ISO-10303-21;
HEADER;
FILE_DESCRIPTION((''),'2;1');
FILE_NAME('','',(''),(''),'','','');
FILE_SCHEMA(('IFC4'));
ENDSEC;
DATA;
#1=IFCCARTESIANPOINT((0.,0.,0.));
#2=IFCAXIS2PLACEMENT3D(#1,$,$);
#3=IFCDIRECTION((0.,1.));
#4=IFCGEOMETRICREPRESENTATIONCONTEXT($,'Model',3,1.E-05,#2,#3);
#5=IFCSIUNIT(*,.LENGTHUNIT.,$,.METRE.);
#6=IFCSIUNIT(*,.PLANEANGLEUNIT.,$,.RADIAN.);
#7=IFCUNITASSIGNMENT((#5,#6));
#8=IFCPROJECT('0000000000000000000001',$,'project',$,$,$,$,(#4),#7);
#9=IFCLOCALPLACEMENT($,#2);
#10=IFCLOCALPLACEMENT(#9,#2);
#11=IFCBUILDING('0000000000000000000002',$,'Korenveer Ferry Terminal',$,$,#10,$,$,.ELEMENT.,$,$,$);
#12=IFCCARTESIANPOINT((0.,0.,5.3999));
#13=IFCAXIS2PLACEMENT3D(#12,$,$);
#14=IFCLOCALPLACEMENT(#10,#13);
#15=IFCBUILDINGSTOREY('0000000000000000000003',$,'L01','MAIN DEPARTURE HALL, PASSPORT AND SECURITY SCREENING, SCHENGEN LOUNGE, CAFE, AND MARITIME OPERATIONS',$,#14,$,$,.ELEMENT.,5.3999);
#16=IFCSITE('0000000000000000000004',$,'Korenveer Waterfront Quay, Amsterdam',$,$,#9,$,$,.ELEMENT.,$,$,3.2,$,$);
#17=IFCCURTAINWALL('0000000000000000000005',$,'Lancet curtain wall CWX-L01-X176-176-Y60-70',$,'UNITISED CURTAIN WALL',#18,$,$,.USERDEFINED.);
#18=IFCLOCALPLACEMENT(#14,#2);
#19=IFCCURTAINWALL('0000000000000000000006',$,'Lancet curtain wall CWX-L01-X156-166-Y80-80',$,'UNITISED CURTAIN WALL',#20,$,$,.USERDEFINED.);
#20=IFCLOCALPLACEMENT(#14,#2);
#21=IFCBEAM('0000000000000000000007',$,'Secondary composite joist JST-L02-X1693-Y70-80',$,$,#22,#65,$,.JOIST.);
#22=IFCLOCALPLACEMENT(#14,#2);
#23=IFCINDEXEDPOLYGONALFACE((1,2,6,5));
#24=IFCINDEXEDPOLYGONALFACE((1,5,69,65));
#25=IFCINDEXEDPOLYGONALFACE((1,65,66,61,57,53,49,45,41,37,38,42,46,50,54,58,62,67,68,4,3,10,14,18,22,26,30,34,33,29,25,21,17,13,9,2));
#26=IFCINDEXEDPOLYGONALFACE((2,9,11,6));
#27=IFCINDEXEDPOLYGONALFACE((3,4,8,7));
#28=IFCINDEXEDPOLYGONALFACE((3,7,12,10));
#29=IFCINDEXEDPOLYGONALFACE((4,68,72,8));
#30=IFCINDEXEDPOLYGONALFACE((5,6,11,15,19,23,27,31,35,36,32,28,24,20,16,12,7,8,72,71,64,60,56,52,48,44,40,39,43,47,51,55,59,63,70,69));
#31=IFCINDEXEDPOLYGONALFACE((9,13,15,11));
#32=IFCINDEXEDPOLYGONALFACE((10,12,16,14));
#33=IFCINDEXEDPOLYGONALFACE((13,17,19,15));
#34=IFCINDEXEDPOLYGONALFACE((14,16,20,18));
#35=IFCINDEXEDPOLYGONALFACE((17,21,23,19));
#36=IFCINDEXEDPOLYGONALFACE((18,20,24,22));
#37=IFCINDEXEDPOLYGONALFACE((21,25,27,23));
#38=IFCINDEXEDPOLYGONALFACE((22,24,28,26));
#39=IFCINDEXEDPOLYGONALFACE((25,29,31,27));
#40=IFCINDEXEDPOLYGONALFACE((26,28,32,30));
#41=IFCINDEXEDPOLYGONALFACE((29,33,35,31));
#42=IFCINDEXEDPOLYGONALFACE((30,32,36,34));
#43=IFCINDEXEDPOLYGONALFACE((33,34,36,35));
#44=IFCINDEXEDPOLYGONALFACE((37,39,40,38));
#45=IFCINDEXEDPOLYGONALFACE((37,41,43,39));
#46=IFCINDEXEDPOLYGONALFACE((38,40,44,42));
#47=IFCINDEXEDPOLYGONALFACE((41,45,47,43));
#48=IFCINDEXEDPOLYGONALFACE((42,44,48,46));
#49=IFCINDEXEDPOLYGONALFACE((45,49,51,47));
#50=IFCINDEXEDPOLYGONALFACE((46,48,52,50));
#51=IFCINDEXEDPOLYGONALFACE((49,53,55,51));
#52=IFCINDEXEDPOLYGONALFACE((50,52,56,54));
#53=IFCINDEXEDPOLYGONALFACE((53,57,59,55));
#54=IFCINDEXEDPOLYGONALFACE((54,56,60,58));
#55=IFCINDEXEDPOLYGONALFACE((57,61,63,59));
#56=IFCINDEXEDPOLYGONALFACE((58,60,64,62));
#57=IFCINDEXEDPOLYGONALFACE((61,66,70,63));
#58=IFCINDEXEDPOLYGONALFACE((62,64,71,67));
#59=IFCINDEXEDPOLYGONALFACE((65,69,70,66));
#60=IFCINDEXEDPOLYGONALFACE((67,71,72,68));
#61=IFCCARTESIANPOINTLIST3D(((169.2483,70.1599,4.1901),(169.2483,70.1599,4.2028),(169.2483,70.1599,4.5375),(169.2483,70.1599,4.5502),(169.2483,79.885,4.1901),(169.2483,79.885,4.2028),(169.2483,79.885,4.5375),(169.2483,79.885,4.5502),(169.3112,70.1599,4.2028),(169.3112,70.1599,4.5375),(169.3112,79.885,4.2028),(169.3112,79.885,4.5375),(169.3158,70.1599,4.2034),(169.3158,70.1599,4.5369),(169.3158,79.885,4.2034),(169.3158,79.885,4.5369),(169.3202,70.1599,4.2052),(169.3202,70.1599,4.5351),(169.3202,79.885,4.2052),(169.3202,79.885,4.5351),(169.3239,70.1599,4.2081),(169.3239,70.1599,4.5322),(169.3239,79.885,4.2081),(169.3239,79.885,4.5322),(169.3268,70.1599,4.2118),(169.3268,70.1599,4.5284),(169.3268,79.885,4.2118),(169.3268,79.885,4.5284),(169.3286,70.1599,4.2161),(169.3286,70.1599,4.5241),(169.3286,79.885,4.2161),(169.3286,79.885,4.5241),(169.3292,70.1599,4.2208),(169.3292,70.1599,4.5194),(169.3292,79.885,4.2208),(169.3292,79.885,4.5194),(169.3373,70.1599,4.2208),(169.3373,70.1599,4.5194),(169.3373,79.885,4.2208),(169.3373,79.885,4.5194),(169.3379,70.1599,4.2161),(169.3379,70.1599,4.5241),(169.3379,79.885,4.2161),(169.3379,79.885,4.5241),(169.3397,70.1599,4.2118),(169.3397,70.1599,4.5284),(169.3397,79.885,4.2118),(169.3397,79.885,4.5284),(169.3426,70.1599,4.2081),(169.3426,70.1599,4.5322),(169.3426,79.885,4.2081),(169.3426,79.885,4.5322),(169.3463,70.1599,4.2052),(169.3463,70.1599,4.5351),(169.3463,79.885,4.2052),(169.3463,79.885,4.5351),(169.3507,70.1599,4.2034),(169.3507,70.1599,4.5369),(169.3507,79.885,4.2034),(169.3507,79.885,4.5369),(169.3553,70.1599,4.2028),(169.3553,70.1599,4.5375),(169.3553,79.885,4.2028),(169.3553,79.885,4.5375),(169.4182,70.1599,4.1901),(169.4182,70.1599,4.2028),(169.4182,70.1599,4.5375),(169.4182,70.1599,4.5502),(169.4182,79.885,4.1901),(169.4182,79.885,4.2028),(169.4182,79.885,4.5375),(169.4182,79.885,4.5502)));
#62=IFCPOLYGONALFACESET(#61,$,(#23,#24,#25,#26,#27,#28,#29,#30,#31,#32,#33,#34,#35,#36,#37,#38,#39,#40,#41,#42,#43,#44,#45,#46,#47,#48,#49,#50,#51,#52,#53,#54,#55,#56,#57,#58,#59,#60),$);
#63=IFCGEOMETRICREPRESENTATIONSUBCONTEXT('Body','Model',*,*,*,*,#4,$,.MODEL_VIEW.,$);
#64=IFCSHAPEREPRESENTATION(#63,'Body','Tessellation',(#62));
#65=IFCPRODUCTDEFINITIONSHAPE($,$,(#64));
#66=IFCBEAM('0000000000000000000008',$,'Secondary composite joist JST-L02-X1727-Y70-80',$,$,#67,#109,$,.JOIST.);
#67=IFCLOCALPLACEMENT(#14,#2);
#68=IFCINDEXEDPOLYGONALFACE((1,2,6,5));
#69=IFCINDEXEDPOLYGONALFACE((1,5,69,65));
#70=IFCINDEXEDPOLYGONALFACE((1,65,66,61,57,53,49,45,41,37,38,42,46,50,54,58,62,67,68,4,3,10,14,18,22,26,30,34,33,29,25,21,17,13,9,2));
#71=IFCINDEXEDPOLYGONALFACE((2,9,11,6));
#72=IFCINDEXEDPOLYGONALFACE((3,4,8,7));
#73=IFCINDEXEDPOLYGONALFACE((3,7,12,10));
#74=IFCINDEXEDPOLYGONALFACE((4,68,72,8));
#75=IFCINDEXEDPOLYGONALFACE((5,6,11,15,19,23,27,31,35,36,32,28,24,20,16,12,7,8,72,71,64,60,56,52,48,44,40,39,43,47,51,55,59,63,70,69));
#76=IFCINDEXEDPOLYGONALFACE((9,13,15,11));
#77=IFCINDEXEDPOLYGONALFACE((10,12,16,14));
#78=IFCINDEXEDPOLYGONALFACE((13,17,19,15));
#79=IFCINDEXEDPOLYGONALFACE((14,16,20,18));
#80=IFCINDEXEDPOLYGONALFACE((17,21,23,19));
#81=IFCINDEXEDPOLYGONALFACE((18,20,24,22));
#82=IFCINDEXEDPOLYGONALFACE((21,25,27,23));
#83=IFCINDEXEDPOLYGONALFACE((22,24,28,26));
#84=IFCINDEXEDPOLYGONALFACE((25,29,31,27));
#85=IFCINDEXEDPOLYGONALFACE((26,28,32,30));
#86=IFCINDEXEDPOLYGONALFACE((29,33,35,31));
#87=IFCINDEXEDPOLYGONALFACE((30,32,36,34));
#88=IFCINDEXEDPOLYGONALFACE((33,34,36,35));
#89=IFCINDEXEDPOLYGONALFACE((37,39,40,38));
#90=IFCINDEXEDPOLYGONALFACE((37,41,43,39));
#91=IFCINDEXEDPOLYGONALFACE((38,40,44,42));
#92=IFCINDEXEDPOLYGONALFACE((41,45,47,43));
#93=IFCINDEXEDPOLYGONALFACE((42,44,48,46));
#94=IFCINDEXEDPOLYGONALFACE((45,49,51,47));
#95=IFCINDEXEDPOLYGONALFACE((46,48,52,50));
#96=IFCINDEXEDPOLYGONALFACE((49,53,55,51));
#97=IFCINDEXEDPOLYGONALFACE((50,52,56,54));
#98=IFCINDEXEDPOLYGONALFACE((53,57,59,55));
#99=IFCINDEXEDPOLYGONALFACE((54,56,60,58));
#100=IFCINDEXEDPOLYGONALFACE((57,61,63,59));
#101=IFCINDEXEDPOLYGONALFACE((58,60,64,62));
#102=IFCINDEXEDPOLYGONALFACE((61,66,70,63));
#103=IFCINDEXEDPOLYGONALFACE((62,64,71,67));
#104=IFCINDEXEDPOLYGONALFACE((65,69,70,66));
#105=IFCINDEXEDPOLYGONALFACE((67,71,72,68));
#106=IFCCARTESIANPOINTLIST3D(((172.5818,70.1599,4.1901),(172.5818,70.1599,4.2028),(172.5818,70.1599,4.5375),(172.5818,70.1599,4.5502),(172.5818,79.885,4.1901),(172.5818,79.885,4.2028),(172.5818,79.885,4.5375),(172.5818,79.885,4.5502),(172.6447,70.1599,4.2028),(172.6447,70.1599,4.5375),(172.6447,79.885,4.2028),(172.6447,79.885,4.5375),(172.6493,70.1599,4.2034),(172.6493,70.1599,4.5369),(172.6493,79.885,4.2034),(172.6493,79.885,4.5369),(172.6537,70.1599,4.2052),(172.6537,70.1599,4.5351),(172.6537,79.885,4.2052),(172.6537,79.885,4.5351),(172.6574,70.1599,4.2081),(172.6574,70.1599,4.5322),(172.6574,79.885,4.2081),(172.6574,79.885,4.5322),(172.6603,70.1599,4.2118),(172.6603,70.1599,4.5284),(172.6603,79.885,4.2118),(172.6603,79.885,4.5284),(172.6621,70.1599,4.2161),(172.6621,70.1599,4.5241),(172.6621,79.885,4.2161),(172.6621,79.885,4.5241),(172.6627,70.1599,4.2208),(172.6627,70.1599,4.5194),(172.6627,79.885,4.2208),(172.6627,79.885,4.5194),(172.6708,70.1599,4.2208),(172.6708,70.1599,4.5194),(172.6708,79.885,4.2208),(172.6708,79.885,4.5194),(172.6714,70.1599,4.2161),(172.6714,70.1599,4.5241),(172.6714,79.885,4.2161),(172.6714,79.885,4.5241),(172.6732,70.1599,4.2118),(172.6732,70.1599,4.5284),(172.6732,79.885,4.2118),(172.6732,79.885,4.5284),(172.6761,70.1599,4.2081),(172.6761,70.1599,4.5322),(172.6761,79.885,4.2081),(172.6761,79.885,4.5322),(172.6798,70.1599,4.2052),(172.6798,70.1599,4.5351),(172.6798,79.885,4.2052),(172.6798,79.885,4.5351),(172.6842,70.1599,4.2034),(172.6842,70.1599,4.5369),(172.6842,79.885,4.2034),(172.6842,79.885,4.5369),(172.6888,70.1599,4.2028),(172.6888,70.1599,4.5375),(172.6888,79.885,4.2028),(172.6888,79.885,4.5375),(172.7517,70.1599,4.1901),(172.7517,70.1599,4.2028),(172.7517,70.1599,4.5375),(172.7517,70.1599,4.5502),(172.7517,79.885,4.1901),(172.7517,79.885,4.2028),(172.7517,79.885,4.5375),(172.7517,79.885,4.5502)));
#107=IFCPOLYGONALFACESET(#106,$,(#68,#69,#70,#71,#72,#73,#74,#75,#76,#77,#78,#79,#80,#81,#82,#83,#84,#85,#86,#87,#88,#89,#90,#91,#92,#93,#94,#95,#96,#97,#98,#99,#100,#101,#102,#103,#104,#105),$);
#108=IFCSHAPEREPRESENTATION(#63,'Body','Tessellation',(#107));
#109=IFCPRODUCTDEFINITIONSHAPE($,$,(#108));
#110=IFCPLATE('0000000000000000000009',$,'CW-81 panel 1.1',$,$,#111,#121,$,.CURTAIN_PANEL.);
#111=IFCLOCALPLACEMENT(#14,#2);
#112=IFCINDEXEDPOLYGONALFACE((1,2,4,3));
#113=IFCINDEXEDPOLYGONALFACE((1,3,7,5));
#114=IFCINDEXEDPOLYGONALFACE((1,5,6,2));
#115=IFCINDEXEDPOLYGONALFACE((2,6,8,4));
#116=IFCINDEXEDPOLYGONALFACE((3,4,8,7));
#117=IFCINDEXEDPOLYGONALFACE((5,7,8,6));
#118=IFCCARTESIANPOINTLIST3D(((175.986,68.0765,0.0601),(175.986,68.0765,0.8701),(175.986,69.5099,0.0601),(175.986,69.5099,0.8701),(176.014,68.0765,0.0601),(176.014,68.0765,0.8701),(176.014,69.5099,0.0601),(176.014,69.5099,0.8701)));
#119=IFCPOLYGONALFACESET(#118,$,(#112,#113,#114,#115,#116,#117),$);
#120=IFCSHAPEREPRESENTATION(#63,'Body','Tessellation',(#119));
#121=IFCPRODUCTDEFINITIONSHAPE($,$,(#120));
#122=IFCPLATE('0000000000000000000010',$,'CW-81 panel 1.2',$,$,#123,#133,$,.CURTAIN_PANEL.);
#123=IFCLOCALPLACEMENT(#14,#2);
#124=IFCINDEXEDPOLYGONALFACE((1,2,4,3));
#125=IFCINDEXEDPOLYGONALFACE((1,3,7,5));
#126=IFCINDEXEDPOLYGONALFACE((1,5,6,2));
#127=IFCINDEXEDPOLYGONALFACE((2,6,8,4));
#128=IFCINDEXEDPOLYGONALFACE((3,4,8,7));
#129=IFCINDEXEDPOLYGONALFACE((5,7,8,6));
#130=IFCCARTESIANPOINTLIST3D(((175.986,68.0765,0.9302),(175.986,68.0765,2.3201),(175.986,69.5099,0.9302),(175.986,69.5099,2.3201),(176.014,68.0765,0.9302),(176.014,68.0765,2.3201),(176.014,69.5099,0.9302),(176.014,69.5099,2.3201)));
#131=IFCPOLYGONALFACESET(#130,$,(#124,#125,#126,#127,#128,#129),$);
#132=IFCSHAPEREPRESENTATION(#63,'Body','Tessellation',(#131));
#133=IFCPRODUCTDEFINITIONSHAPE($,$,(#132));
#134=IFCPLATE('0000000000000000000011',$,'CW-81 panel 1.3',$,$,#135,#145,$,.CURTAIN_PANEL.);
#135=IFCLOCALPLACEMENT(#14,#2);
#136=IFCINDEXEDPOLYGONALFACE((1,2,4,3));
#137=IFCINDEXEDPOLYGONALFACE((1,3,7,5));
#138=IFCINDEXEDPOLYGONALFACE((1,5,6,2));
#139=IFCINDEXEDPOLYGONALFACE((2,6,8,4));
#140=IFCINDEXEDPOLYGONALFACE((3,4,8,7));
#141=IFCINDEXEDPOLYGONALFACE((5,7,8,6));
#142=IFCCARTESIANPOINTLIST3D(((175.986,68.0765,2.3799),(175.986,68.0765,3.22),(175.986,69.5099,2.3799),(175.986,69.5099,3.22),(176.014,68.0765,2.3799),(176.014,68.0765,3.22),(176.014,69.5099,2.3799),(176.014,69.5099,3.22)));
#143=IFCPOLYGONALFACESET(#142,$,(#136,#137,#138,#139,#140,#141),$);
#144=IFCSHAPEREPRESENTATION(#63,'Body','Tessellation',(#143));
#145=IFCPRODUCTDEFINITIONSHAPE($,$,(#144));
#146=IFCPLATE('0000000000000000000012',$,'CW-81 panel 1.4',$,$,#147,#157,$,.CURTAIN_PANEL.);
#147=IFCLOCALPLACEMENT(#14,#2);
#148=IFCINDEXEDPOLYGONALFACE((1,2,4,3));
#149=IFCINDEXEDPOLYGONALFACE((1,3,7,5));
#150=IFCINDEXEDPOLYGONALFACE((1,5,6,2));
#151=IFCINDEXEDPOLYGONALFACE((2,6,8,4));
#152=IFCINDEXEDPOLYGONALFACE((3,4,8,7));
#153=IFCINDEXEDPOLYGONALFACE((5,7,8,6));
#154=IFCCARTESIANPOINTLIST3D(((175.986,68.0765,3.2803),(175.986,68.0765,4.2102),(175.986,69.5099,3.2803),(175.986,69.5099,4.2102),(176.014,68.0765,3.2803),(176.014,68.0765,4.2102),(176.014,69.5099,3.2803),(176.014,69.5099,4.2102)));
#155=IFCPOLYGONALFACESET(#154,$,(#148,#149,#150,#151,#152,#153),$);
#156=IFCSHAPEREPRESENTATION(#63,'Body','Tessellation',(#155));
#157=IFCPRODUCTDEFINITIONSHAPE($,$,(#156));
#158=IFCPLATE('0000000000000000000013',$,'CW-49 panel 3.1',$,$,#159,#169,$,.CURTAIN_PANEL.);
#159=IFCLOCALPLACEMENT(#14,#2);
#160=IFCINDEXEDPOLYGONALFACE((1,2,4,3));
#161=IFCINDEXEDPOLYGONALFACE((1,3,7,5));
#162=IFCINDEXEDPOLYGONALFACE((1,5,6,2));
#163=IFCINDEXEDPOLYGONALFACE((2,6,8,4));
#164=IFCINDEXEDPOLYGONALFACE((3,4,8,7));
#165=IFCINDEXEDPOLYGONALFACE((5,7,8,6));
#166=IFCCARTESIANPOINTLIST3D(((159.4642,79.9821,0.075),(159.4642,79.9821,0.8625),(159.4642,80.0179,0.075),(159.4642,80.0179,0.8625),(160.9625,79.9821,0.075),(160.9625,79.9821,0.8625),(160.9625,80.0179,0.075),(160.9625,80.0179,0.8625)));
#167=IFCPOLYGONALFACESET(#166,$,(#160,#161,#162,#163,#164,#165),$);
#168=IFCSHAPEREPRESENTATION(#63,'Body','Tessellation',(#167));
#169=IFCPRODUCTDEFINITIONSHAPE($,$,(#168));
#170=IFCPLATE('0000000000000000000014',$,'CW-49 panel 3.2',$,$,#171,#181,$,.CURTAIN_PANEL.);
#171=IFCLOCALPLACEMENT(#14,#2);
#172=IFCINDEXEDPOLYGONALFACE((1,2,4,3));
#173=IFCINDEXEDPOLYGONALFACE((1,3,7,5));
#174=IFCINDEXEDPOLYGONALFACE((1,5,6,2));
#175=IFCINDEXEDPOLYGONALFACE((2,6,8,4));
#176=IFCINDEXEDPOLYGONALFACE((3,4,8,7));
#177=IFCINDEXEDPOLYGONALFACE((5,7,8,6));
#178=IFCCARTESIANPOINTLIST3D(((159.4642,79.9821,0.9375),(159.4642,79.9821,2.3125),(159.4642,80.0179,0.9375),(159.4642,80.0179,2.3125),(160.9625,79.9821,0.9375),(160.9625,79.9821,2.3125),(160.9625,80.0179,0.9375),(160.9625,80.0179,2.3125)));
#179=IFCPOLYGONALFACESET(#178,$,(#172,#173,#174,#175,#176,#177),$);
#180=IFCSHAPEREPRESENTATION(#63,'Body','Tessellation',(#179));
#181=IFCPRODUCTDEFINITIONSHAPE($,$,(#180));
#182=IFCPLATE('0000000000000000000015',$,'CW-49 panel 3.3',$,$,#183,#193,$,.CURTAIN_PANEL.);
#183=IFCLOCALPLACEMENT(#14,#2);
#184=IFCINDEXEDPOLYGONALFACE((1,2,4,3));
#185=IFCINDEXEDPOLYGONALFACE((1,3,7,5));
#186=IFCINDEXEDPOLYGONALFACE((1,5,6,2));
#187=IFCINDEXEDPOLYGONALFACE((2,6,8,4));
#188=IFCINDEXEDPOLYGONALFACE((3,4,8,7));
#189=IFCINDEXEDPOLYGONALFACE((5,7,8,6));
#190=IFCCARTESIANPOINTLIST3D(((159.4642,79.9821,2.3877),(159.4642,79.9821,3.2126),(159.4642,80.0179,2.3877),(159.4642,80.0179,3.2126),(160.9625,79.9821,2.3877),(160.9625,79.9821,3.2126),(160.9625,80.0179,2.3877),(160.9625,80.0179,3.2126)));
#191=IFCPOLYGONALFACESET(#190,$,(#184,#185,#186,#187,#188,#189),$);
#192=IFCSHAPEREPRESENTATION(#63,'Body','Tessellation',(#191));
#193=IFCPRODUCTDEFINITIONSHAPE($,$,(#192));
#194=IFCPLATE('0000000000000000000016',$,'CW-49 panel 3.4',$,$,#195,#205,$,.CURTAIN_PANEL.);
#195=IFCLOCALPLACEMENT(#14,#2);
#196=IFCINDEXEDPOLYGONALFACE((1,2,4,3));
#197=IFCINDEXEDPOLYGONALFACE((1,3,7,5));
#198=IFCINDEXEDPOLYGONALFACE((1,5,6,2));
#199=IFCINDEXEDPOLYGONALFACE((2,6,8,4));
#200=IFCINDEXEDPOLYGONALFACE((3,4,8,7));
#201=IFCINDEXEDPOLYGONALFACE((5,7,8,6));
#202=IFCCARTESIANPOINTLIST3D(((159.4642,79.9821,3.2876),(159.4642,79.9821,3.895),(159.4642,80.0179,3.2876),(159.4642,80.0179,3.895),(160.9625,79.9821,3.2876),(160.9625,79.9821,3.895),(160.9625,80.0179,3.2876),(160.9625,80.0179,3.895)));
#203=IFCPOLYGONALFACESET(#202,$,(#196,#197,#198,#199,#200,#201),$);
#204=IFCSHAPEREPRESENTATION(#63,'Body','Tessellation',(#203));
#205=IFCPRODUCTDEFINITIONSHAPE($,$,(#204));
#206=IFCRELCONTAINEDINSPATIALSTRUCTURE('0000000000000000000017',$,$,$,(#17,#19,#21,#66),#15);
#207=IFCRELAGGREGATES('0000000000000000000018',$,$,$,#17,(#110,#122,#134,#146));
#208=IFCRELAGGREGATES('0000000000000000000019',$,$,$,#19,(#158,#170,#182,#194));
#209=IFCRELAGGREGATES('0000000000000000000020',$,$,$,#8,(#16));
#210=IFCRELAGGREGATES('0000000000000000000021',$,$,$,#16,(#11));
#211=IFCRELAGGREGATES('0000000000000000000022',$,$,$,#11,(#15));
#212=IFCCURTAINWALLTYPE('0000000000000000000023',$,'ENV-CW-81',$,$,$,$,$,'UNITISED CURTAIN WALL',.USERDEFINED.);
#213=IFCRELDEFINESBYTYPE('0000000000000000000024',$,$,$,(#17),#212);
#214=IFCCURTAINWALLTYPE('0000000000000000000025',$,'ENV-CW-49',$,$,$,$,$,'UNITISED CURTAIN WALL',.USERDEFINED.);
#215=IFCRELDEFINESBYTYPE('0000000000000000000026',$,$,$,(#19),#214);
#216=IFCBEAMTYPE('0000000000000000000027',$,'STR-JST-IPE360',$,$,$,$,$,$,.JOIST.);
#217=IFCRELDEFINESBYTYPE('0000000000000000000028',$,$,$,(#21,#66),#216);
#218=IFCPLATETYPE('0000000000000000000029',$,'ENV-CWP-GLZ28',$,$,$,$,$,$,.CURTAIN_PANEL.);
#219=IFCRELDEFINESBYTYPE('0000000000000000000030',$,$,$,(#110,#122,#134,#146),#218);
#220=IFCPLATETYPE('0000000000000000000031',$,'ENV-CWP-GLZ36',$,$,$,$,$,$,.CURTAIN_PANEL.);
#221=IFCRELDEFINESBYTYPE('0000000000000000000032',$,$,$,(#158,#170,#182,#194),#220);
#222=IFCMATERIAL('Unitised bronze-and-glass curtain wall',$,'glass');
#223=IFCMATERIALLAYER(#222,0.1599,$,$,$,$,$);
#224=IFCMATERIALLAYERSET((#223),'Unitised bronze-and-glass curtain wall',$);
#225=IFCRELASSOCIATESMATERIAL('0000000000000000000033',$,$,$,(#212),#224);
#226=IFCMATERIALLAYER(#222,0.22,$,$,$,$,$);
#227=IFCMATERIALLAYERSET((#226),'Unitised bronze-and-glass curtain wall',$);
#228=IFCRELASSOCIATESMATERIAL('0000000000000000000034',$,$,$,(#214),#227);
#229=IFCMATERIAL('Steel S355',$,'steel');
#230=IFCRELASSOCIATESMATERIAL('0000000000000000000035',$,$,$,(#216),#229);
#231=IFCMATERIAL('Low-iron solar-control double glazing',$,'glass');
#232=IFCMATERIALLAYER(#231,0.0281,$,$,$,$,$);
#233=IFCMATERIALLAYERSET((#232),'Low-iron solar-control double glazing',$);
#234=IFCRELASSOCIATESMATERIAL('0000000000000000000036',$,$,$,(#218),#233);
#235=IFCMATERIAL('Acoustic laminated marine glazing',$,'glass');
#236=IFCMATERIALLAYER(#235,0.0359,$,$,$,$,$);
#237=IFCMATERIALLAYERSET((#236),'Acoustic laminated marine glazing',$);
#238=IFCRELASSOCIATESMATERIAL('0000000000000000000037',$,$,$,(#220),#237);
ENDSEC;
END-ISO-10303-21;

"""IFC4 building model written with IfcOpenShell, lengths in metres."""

from ifc_helpers import new_model, si_unit, direction, frame, origin, origin_2d, place, context, subcontext, project, spatial, rectangle, i_section, extrude, material, layer, layer_set, material_profile, profile_set, type_object, element, aggregate, save


model = new_model("IFC4")

# Units and contexts
model_context = context("Model", 3, precision=1e-05, world=origin(), true_north=direction((0.0, 1.0)))
body_context = subcontext(model_context, "Body", "Model", "MODEL_VIEW")
ifc_project = project(units=[si_unit("LENGTHUNIT", "METRE"), si_unit("PLANEANGLEUNIT", "RADIAN")], contexts=[model_context])

# Site, building, storey
site_placement = place(None, origin())
site = spatial("IfcSite", under=ifc_project, at=site_placement, Name="Korenveer Waterfront Quay, Amsterdam", CompositionType="ELEMENT", RefElevation=3.2)
building_placement = place(site_placement, origin())
building = spatial("IfcBuilding", under=site, at=building_placement, Name="Korenveer Ferry Terminal", CompositionType="ELEMENT")
storey_placement = place(building_placement, frame((0.0, 0.0, 5.3999)))
storey = spatial("IfcBuildingStorey", under=building, at=storey_placement, Name="L01", Description="MAIN DEPARTURE HALL, PASSPORT AND SECURITY SCREENING, SCHENGEN LOUNGE, CAFE, AND MARITIME OPERATIONS", CompositionType="ELEMENT", Elevation=5.3999)

# Curtain wall
ifc_material_1 = material(Name="Unitised bronze-and-glass curtain wall", Category="glass")
ifc_layer_1 = layer(ifc_material_1, 0.1599)
ifc_layer_set_1 = layer_set([ifc_layer_1], Name="Unitised bronze-and-glass curtain wall")
curtain_wall_type_1 = type_object("IfcCurtainWallType", Name="ENV-CW-81", ElementType="UNITISED CURTAIN WALL", PredefinedType="USERDEFINED", material=ifc_layer_set_1)
curtain_wall_1_placement = place(storey_placement, frame((176.0, 69.5701, 0.0)))
curtain_wall_1 = element("IfcCurtainWall", 1, at=curtain_wall_1_placement, inside=storey, type_object=curtain_wall_type_1, Name="Lancet curtain wall CWX-L01-X176-176-Y60-70", ObjectType="UNITISED CURTAIN WALL", PredefinedType="USERDEFINED")

# Curtain wall
ifc_layer_2 = layer(ifc_material_1, 0.22)
ifc_layer_set_2 = layer_set([ifc_layer_2], Name="Unitised bronze-and-glass curtain wall")
curtain_wall_type_2 = type_object("IfcCurtainWallType", Name="ENV-CW-49", ElementType="UNITISED CURTAIN WALL", PredefinedType="USERDEFINED", material=ifc_layer_set_2)
curtain_wall_2_placement = place(storey_placement, frame((156.28, 80.0, 0.0)))
curtain_wall_2 = element("IfcCurtainWall", 2, at=curtain_wall_2_placement, inside=storey, type_object=curtain_wall_type_2, Name="Lancet curtain wall CWX-L01-X156-166-Y80-80", ObjectType="UNITISED CURTAIN WALL", PredefinedType="USERDEFINED")

# Beams
ifc_material_2 = material(Name="Steel S355", Category="steel")
ifc_material_profile_1 = material_profile(ifc_material_2, i_section(OverallWidth=0.1699, OverallDepth=0.3601, WebThickness=0.0081, FlangeThickness=0.0127, FilletRadius=0.0181, at=origin_2d()), Name="IPE 360")
ifc_profile_set_1 = profile_set([ifc_material_profile_1], Name="Steel S355")
beam_type_1 = type_object("IfcBeamType", Name="STR-JST-IPE360", PredefinedType="JOIST", material=ifc_profile_set_1)
for number, where, z_axis, x_axis, name in (
    (3, (169.3333, 70.1599, 4.3701), (0.0, 1.0, 0.0), (-1.0, 0.0, 0.0), "Secondary composite joist JST-L02-X1693-Y70-80"),
    (4, (172.6667, 70.1599, 4.3701), (0.0, 1.0, 0.0), (-1.0, 0.0, 0.0), "Secondary composite joist JST-L02-X1727-Y70-80"),
):
    element("IfcBeam", number, at=place(storey_placement, frame(where, z_axis=z_axis, x_axis=x_axis)), inside=storey, type_object=beam_type_1, Name=name, PredefinedType="JOIST", context=body_context, shape_type="SweptSolid", body=[
        extrude(i_section(OverallWidth=0.1699, OverallDepth=0.3601, WebThickness=0.0081, FlangeThickness=0.0127, FilletRadius=0.0181, at=origin_2d()), origin(), (0.0, 0.0, 1.0), 9.7251),
    ])

# Plates
ifc_material_3 = material(Name="Low-iron solar-control double glazing", Category="glass")
ifc_layer_3 = layer(ifc_material_3, 0.0281)
ifc_layer_set_3 = layer_set([ifc_layer_3], Name="Low-iron solar-control double glazing")
plate_type_1 = type_object("IfcPlateType", Name="ENV-CWP-GLZ28", PredefinedType="CURTAIN_PANEL", material=ifc_layer_set_3)
plate_1_placement = place(storey_placement, frame((176.0, 68.7932, 0.0601), z_axis=(0.0, 0.0, 1.0), x_axis=(0.0, -1.0, 0.0)))
plate_1 = element("IfcPlate", 5, at=plate_1_placement, type_object=plate_type_1, Name="CW-81 panel 1.1", PredefinedType="CURTAIN_PANEL", context=body_context, shape_type="SweptSolid", body=[
    extrude(rectangle(XDim=1.4333, YDim=0.0281, at=origin_2d()), origin(), (0.0, 0.0, 1.0), 0.8101),
])
plate_2_placement = place(storey_placement, frame((176.0, 68.7932, 0.9302), z_axis=(0.0, 0.0, 1.0), x_axis=(0.0, -1.0, 0.0)))
plate_2 = element("IfcPlate", 6, at=plate_2_placement, type_object=plate_type_1, Name="CW-81 panel 1.2", PredefinedType="CURTAIN_PANEL", context=body_context, shape_type="SweptSolid", body=[
    extrude(rectangle(XDim=1.4333, YDim=0.0281, at=origin_2d()), origin(), (0.0, 0.0, 1.0), 1.3899),
])
plate_3_placement = place(storey_placement, frame((176.0, 68.7932, 2.3799), z_axis=(0.0, 0.0, 1.0), x_axis=(0.0, -1.0, 0.0)))
plate_3 = element("IfcPlate", 7, at=plate_3_placement, type_object=plate_type_1, Name="CW-81 panel 1.3", PredefinedType="CURTAIN_PANEL", context=body_context, shape_type="SweptSolid", body=[
    extrude(rectangle(XDim=1.4333, YDim=0.0281, at=origin_2d()), origin(), (0.0, 0.0, 1.0), 0.8401),
])
plate_4_placement = place(storey_placement, frame((176.0, 68.7932, 3.2803), z_axis=(0.0, 0.0, 1.0), x_axis=(0.0, -1.0, 0.0)))
plate_4 = element("IfcPlate", 8, at=plate_4_placement, type_object=plate_type_1, Name="CW-81 panel 1.4", PredefinedType="CURTAIN_PANEL", context=body_context, shape_type="SweptSolid", body=[
    extrude(rectangle(XDim=1.4333, YDim=0.0281, at=origin_2d()), origin(), (0.0, 0.0, 1.0), 0.9299),
])
aggregate(curtain_wall_1, [plate_1, plate_2, plate_3, plate_4])
ifc_material_4 = material(Name="Acoustic laminated marine glazing", Category="glass")
ifc_layer_4 = layer(ifc_material_4, 0.0359)
ifc_layer_set_4 = layer_set([ifc_layer_4], Name="Acoustic laminated marine glazing")
plate_type_2 = type_object("IfcPlateType", Name="ENV-CWP-GLZ36", PredefinedType="CURTAIN_PANEL", material=ifc_layer_set_4)
plate_5_placement = place(storey_placement, frame((160.2134, 80.0, 0.075), z_axis=(0.0, 0.0, 1.0), x_axis=(1.0, 0.0, 0.0)))
plate_5 = element("IfcPlate", 9, at=plate_5_placement, type_object=plate_type_2, Name="CW-49 panel 3.1", PredefinedType="CURTAIN_PANEL", context=body_context, shape_type="SweptSolid", body=[
    extrude(rectangle(XDim=1.4983, YDim=0.0359, at=origin_2d()), origin(), (0.0, 0.0, 1.0), 0.7876),
])
plate_6_placement = place(storey_placement, frame((160.2134, 80.0, 0.9375), z_axis=(0.0, 0.0, 1.0), x_axis=(1.0, 0.0, 0.0)))
plate_6 = element("IfcPlate", 10, at=plate_6_placement, type_object=plate_type_2, Name="CW-49 panel 3.2", PredefinedType="CURTAIN_PANEL", context=body_context, shape_type="SweptSolid", body=[
    extrude(rectangle(XDim=1.4983, YDim=0.0359, at=origin_2d()), origin(), (0.0, 0.0, 1.0), 1.375),
])
plate_7_placement = place(storey_placement, frame((160.2134, 80.0, 2.3877), z_axis=(0.0, 0.0, 1.0), x_axis=(1.0, 0.0, 0.0)))
plate_7 = element("IfcPlate", 11, at=plate_7_placement, type_object=plate_type_2, Name="CW-49 panel 3.3", PredefinedType="CURTAIN_PANEL", context=body_context, shape_type="SweptSolid", body=[
    extrude(rectangle(XDim=1.4983, YDim=0.0359, at=origin_2d()), origin(), (0.0, 0.0, 1.0), 0.825),
])
plate_8_placement = place(storey_placement, frame((160.2134, 80.0, 3.2876), z_axis=(0.0, 0.0, 1.0), x_axis=(1.0, 0.0, 0.0)))
plate_8 = element("IfcPlate", 12, at=plate_8_placement, type_object=plate_type_2, Name="CW-49 panel 3.4", PredefinedType="CURTAIN_PANEL", context=body_context, shape_type="SweptSolid", body=[
    extrude(rectangle(XDim=1.4983, YDim=0.0359, at=origin_2d()), origin(), (0.0, 0.0, 1.0), 0.6074),
])
aggregate(curtain_wall_2, [plate_5, plate_6, plate_7, plate_8])

save(model, "model.ifc")
